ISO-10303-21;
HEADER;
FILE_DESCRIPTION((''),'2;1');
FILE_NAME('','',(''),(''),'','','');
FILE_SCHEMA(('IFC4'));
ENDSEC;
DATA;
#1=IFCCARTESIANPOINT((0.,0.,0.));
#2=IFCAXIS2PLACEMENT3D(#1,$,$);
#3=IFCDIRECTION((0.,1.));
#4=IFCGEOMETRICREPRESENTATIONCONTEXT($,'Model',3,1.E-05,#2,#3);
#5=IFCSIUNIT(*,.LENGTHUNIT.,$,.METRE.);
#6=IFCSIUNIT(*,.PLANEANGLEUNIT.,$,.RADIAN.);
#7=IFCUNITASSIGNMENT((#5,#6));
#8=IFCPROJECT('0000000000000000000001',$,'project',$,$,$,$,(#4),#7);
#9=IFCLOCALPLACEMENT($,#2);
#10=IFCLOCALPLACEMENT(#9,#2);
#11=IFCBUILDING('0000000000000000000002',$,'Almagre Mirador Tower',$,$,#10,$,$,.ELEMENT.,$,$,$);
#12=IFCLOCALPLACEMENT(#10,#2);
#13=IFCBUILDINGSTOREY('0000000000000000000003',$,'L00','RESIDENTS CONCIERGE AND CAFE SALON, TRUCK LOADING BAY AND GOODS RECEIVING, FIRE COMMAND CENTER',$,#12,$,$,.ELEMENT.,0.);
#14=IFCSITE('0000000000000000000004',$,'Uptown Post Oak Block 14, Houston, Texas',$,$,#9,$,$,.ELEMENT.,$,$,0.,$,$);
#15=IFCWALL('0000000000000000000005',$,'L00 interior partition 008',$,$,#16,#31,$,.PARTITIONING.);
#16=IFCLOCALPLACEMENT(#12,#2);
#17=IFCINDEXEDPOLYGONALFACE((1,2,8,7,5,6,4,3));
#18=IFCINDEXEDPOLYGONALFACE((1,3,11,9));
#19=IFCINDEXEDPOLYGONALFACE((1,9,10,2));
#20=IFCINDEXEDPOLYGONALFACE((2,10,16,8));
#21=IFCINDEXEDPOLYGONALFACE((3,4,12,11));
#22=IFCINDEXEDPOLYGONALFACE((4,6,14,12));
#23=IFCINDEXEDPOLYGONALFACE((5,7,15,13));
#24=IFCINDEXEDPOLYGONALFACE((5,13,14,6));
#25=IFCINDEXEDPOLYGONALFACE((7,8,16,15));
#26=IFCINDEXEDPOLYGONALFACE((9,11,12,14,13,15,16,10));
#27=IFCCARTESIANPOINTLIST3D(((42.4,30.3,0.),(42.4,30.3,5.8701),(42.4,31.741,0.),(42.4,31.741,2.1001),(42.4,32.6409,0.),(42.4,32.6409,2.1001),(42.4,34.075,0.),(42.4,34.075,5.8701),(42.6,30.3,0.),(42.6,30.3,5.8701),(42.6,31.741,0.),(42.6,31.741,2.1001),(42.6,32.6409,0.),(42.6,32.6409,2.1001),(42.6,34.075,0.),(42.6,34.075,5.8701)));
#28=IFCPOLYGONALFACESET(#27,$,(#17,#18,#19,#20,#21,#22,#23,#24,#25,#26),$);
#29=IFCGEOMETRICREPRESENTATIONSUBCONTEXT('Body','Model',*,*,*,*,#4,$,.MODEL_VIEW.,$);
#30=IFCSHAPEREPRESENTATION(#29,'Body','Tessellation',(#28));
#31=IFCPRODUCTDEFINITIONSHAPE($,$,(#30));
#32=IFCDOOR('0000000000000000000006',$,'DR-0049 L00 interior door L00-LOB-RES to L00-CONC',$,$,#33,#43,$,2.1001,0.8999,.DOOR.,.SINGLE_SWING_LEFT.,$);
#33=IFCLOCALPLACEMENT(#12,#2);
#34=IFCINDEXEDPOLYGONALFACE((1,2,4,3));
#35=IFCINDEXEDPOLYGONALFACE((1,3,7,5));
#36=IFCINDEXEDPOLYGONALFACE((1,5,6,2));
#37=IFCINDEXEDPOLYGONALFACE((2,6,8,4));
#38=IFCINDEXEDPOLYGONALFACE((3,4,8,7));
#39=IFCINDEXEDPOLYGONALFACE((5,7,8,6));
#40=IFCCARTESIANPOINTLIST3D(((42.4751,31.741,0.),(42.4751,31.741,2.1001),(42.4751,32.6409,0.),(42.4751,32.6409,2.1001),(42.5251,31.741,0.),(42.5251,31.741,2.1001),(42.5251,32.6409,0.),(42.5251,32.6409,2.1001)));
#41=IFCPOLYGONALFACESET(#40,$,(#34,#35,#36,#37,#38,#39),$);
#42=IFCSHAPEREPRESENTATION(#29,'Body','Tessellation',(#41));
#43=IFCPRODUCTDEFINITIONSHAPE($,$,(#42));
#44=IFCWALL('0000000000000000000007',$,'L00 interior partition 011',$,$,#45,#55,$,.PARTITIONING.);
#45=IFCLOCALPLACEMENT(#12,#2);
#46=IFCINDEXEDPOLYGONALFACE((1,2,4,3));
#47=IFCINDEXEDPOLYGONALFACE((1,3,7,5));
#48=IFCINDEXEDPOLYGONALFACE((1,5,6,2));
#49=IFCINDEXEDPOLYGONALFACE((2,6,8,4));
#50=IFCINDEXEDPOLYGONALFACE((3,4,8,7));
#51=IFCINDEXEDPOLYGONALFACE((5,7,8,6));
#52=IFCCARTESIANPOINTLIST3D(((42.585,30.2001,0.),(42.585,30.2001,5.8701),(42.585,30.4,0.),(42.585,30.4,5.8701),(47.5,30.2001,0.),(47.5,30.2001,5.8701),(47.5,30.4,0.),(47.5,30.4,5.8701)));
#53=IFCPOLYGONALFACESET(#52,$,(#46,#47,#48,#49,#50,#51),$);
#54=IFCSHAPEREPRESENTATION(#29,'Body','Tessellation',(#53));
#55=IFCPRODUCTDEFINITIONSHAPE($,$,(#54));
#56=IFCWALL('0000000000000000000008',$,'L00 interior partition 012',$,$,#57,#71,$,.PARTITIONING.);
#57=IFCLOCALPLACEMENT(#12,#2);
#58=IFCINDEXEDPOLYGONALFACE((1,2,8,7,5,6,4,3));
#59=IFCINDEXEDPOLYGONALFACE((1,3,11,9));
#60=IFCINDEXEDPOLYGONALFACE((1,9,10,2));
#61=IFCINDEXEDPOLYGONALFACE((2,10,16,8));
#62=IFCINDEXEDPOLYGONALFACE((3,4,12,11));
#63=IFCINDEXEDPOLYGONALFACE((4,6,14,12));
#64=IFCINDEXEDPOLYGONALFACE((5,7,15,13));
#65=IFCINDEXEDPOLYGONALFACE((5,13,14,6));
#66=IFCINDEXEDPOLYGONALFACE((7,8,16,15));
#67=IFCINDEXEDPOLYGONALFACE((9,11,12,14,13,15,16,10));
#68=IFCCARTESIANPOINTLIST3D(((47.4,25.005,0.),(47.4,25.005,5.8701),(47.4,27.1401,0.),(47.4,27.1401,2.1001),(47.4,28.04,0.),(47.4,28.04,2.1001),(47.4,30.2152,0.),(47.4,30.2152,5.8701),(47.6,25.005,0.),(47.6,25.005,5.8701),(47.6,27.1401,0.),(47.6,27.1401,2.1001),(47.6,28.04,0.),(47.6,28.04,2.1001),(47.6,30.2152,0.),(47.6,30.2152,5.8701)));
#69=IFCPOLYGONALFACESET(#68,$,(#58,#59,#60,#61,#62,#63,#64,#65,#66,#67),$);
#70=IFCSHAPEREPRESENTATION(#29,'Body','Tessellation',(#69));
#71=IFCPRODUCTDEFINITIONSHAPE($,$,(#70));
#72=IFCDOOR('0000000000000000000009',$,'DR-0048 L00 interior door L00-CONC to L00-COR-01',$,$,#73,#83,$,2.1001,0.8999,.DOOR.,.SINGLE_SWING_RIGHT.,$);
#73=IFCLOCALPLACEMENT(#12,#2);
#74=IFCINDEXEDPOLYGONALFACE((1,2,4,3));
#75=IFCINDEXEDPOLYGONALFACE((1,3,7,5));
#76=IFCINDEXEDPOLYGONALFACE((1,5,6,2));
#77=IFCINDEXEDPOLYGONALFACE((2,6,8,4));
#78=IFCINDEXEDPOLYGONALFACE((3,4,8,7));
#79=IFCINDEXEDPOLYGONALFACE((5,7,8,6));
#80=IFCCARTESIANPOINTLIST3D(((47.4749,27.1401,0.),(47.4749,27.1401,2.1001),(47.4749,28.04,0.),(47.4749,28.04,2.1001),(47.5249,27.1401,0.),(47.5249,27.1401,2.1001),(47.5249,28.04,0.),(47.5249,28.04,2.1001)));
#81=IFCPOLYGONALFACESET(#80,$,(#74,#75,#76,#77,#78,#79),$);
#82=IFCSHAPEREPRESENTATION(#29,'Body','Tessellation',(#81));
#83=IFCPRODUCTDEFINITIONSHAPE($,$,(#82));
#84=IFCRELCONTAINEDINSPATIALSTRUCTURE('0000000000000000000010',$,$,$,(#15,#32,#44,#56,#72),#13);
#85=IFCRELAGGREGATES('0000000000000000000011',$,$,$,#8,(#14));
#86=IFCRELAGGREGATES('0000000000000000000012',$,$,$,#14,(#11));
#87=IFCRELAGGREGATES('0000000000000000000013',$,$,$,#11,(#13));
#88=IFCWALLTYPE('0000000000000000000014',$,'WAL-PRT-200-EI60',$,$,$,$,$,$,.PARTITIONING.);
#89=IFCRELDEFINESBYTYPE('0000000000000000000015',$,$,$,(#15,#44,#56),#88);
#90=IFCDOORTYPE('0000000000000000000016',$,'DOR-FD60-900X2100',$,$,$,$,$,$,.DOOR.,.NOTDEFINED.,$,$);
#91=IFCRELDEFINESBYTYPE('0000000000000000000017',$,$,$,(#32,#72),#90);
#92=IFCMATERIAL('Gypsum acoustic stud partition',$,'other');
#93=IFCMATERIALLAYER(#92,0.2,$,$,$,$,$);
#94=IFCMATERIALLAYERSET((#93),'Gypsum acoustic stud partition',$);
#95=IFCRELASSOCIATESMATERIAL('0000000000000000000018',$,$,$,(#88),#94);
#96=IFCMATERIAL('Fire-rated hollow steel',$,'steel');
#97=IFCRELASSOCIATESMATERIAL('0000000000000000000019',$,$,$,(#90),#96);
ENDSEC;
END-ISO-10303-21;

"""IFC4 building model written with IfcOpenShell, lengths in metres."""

from ifc_helpers import new_model, si_unit, direction, frame, frame_2d, origin, place, context, subcontext, project, spatial, rectangle, extrude, material, layer, layer_set, type_object, element, fill, save


model = new_model("IFC4")

# Units and contexts
model_context = context("Model", 3, precision=1e-05, world=origin(), true_north=direction((0.0, 1.0)))
body_context = subcontext(model_context, "Body", "Model", "MODEL_VIEW")
ifc_project = project(units=[si_unit("LENGTHUNIT", "METRE"), si_unit("PLANEANGLEUNIT", "RADIAN")], contexts=[model_context])

# Site, building, storey
site_placement = place(None, origin())
site = spatial("IfcSite", under=ifc_project, at=site_placement, Name="Uptown Post Oak Block 14, Houston, Texas", CompositionType="ELEMENT", RefElevation=0.0)
building_placement = place(site_placement, origin())
building = spatial("IfcBuilding", under=site, at=building_placement, Name="Almagre Mirador Tower", CompositionType="ELEMENT")
storey_placement = place(building_placement, origin())
storey = spatial("IfcBuildingStorey", under=building, at=storey_placement, Name="L00", Description="RESIDENTS CONCIERGE AND CAFE SALON, TRUCK LOADING BAY AND GOODS RECEIVING, FIRE COMMAND CENTER", CompositionType="ELEMENT", Elevation=0.0)

# Wall, opening, door
ifc_material_1 = material(Name="Gypsum acoustic stud partition", Category="other")
ifc_layer_1 = layer(ifc_material_1, 0.2)
ifc_layer_set_1 = layer_set([ifc_layer_1], Name="Gypsum acoustic stud partition")
wall_type_1 = type_object("IfcWallType", Name="WAL-PRT-200-EI60", PredefinedType="PARTITIONING", material=ifc_layer_set_1)
wall_1_placement = place(storey_placement, frame((42.5, 30.3, 0.0), z_axis=(0.0, 0.0, 1.0), x_axis=(0.0, 1.0, 0.0)))
wall_1 = element("IfcWall", 1, at=wall_1_placement, inside=storey, type_object=wall_type_1, Name="L00 interior partition 008", PredefinedType="PARTITIONING", context=body_context, shape_type="SweptSolid", body=[
    extrude(rectangle(XDim=3.7749, YDim=0.2, at=frame_2d((1.8875, 0.0))), origin(), (0.0, 0.0, 1.0), 5.8701),
])
opening_1_placement = place(wall_1_placement, frame((1.4409, 0.0, 0.0)))
opening_1 = element("IfcOpeningElement", 2, at=opening_1_placement, cuts=wall_1, PredefinedType="OPENING", context=body_context, shape_type="SweptSolid", body=[
    extrude(rectangle(XDim=0.8999, YDim=2.1001, at=frame_2d((0.45, 1.05))), frame((0.0, 0.1101, 0.0), z_axis=(0.0, -1.0, 0.0), x_axis=(1.0, 0.0, 0.0)), (0.0, 0.0, 1.0), 0.22),
])
ifc_material_2 = material(Name="Fire-rated hollow steel", Category="steel")
door_type_1 = type_object("IfcDoorType", Name="DOR-FD60-900X2100", OperationType="NOTDEFINED", PredefinedType="DOOR", material=ifc_material_2)
door_1_placement = place(opening_1_placement, origin())
door_1 = element("IfcDoor", 3, at=door_1_placement, inside=storey, type_object=door_type_1, Name="DR-0049 L00 interior door L00-LOB-RES to L00-CONC", OperationType="SINGLE_SWING_LEFT", OverallHeight=2.1001, OverallWidth=0.8999, PredefinedType="DOOR", context=body_context, shape_type="SweptSolid", body=[
    extrude(rectangle(XDim=0.8999, YDim=2.1001, at=frame_2d((0.45, 1.05))), frame((0.0, 0.0249, 0.0), z_axis=(0.0, -1.0, 0.0), x_axis=(1.0, 0.0, 0.0)), (0.0, 0.0, 1.0), 0.05),
])
fill(opening_1, door_1)

# Wall
wall_2_placement = place(storey_placement, frame((42.585, 30.3, 0.0), z_axis=(0.0, 0.0, 1.0), x_axis=(1.0, 0.0, 0.0)))
element("IfcWall", 4, at=wall_2_placement, inside=storey, type_object=wall_type_1, Name="L00 interior partition 011", PredefinedType="PARTITIONING", context=body_context, shape_type="SweptSolid", body=[
    extrude(rectangle(XDim=4.915, YDim=0.2, at=frame_2d((2.4575, 0.0))), origin(), (0.0, 0.0, 1.0), 5.8701),
])

# Wall, opening, door
wall_3_placement = place(storey_placement, frame((47.5, 30.2151, 0.0), z_axis=(0.0, 0.0, 1.0), x_axis=(0.0, -1.0, 0.0)))
wall_3 = element("IfcWall", 5, at=wall_3_placement, inside=storey, type_object=wall_type_1, Name="L00 interior partition 012", PredefinedType="PARTITIONING", context=body_context, shape_type="SweptSolid", body=[
    extrude(rectangle(XDim=5.2102, YDim=0.2, at=frame_2d((2.605, 0.0))), origin(), (0.0, 0.0, 1.0), 5.8701),
])
opening_2_placement = place(wall_3_placement, frame((2.175, 0.0, 0.0)))
opening_2 = element("IfcOpeningElement", 6, at=opening_2_placement, cuts=wall_3, PredefinedType="OPENING", context=body_context, shape_type="SweptSolid", body=[
    extrude(rectangle(XDim=0.8999, YDim=2.1001, at=frame_2d((0.45, 1.05))), frame((0.0, 0.1101, 0.0), z_axis=(0.0, -1.0, 0.0), x_axis=(1.0, 0.0, 0.0)), (0.0, 0.0, 1.0), 0.22),
])
door_2_placement = place(opening_2_placement, origin())
door_2 = element("IfcDoor", 7, at=door_2_placement, inside=storey, type_object=door_type_1, Name="DR-0048 L00 interior door L00-CONC to L00-COR-01", OperationType="SINGLE_SWING_RIGHT", OverallHeight=2.1001, OverallWidth=0.8999, PredefinedType="DOOR", context=body_context, shape_type="SweptSolid", body=[
    extrude(rectangle(XDim=0.8999, YDim=2.1001, at=frame_2d((0.45, 1.05))), frame((0.0, 0.0249, 0.0), z_axis=(0.0, -1.0, 0.0), x_axis=(1.0, 0.0, 0.0)), (0.0, 0.0, 1.0), 0.05),
])
fill(opening_2, door_2)

save(model, "model.ifc")
